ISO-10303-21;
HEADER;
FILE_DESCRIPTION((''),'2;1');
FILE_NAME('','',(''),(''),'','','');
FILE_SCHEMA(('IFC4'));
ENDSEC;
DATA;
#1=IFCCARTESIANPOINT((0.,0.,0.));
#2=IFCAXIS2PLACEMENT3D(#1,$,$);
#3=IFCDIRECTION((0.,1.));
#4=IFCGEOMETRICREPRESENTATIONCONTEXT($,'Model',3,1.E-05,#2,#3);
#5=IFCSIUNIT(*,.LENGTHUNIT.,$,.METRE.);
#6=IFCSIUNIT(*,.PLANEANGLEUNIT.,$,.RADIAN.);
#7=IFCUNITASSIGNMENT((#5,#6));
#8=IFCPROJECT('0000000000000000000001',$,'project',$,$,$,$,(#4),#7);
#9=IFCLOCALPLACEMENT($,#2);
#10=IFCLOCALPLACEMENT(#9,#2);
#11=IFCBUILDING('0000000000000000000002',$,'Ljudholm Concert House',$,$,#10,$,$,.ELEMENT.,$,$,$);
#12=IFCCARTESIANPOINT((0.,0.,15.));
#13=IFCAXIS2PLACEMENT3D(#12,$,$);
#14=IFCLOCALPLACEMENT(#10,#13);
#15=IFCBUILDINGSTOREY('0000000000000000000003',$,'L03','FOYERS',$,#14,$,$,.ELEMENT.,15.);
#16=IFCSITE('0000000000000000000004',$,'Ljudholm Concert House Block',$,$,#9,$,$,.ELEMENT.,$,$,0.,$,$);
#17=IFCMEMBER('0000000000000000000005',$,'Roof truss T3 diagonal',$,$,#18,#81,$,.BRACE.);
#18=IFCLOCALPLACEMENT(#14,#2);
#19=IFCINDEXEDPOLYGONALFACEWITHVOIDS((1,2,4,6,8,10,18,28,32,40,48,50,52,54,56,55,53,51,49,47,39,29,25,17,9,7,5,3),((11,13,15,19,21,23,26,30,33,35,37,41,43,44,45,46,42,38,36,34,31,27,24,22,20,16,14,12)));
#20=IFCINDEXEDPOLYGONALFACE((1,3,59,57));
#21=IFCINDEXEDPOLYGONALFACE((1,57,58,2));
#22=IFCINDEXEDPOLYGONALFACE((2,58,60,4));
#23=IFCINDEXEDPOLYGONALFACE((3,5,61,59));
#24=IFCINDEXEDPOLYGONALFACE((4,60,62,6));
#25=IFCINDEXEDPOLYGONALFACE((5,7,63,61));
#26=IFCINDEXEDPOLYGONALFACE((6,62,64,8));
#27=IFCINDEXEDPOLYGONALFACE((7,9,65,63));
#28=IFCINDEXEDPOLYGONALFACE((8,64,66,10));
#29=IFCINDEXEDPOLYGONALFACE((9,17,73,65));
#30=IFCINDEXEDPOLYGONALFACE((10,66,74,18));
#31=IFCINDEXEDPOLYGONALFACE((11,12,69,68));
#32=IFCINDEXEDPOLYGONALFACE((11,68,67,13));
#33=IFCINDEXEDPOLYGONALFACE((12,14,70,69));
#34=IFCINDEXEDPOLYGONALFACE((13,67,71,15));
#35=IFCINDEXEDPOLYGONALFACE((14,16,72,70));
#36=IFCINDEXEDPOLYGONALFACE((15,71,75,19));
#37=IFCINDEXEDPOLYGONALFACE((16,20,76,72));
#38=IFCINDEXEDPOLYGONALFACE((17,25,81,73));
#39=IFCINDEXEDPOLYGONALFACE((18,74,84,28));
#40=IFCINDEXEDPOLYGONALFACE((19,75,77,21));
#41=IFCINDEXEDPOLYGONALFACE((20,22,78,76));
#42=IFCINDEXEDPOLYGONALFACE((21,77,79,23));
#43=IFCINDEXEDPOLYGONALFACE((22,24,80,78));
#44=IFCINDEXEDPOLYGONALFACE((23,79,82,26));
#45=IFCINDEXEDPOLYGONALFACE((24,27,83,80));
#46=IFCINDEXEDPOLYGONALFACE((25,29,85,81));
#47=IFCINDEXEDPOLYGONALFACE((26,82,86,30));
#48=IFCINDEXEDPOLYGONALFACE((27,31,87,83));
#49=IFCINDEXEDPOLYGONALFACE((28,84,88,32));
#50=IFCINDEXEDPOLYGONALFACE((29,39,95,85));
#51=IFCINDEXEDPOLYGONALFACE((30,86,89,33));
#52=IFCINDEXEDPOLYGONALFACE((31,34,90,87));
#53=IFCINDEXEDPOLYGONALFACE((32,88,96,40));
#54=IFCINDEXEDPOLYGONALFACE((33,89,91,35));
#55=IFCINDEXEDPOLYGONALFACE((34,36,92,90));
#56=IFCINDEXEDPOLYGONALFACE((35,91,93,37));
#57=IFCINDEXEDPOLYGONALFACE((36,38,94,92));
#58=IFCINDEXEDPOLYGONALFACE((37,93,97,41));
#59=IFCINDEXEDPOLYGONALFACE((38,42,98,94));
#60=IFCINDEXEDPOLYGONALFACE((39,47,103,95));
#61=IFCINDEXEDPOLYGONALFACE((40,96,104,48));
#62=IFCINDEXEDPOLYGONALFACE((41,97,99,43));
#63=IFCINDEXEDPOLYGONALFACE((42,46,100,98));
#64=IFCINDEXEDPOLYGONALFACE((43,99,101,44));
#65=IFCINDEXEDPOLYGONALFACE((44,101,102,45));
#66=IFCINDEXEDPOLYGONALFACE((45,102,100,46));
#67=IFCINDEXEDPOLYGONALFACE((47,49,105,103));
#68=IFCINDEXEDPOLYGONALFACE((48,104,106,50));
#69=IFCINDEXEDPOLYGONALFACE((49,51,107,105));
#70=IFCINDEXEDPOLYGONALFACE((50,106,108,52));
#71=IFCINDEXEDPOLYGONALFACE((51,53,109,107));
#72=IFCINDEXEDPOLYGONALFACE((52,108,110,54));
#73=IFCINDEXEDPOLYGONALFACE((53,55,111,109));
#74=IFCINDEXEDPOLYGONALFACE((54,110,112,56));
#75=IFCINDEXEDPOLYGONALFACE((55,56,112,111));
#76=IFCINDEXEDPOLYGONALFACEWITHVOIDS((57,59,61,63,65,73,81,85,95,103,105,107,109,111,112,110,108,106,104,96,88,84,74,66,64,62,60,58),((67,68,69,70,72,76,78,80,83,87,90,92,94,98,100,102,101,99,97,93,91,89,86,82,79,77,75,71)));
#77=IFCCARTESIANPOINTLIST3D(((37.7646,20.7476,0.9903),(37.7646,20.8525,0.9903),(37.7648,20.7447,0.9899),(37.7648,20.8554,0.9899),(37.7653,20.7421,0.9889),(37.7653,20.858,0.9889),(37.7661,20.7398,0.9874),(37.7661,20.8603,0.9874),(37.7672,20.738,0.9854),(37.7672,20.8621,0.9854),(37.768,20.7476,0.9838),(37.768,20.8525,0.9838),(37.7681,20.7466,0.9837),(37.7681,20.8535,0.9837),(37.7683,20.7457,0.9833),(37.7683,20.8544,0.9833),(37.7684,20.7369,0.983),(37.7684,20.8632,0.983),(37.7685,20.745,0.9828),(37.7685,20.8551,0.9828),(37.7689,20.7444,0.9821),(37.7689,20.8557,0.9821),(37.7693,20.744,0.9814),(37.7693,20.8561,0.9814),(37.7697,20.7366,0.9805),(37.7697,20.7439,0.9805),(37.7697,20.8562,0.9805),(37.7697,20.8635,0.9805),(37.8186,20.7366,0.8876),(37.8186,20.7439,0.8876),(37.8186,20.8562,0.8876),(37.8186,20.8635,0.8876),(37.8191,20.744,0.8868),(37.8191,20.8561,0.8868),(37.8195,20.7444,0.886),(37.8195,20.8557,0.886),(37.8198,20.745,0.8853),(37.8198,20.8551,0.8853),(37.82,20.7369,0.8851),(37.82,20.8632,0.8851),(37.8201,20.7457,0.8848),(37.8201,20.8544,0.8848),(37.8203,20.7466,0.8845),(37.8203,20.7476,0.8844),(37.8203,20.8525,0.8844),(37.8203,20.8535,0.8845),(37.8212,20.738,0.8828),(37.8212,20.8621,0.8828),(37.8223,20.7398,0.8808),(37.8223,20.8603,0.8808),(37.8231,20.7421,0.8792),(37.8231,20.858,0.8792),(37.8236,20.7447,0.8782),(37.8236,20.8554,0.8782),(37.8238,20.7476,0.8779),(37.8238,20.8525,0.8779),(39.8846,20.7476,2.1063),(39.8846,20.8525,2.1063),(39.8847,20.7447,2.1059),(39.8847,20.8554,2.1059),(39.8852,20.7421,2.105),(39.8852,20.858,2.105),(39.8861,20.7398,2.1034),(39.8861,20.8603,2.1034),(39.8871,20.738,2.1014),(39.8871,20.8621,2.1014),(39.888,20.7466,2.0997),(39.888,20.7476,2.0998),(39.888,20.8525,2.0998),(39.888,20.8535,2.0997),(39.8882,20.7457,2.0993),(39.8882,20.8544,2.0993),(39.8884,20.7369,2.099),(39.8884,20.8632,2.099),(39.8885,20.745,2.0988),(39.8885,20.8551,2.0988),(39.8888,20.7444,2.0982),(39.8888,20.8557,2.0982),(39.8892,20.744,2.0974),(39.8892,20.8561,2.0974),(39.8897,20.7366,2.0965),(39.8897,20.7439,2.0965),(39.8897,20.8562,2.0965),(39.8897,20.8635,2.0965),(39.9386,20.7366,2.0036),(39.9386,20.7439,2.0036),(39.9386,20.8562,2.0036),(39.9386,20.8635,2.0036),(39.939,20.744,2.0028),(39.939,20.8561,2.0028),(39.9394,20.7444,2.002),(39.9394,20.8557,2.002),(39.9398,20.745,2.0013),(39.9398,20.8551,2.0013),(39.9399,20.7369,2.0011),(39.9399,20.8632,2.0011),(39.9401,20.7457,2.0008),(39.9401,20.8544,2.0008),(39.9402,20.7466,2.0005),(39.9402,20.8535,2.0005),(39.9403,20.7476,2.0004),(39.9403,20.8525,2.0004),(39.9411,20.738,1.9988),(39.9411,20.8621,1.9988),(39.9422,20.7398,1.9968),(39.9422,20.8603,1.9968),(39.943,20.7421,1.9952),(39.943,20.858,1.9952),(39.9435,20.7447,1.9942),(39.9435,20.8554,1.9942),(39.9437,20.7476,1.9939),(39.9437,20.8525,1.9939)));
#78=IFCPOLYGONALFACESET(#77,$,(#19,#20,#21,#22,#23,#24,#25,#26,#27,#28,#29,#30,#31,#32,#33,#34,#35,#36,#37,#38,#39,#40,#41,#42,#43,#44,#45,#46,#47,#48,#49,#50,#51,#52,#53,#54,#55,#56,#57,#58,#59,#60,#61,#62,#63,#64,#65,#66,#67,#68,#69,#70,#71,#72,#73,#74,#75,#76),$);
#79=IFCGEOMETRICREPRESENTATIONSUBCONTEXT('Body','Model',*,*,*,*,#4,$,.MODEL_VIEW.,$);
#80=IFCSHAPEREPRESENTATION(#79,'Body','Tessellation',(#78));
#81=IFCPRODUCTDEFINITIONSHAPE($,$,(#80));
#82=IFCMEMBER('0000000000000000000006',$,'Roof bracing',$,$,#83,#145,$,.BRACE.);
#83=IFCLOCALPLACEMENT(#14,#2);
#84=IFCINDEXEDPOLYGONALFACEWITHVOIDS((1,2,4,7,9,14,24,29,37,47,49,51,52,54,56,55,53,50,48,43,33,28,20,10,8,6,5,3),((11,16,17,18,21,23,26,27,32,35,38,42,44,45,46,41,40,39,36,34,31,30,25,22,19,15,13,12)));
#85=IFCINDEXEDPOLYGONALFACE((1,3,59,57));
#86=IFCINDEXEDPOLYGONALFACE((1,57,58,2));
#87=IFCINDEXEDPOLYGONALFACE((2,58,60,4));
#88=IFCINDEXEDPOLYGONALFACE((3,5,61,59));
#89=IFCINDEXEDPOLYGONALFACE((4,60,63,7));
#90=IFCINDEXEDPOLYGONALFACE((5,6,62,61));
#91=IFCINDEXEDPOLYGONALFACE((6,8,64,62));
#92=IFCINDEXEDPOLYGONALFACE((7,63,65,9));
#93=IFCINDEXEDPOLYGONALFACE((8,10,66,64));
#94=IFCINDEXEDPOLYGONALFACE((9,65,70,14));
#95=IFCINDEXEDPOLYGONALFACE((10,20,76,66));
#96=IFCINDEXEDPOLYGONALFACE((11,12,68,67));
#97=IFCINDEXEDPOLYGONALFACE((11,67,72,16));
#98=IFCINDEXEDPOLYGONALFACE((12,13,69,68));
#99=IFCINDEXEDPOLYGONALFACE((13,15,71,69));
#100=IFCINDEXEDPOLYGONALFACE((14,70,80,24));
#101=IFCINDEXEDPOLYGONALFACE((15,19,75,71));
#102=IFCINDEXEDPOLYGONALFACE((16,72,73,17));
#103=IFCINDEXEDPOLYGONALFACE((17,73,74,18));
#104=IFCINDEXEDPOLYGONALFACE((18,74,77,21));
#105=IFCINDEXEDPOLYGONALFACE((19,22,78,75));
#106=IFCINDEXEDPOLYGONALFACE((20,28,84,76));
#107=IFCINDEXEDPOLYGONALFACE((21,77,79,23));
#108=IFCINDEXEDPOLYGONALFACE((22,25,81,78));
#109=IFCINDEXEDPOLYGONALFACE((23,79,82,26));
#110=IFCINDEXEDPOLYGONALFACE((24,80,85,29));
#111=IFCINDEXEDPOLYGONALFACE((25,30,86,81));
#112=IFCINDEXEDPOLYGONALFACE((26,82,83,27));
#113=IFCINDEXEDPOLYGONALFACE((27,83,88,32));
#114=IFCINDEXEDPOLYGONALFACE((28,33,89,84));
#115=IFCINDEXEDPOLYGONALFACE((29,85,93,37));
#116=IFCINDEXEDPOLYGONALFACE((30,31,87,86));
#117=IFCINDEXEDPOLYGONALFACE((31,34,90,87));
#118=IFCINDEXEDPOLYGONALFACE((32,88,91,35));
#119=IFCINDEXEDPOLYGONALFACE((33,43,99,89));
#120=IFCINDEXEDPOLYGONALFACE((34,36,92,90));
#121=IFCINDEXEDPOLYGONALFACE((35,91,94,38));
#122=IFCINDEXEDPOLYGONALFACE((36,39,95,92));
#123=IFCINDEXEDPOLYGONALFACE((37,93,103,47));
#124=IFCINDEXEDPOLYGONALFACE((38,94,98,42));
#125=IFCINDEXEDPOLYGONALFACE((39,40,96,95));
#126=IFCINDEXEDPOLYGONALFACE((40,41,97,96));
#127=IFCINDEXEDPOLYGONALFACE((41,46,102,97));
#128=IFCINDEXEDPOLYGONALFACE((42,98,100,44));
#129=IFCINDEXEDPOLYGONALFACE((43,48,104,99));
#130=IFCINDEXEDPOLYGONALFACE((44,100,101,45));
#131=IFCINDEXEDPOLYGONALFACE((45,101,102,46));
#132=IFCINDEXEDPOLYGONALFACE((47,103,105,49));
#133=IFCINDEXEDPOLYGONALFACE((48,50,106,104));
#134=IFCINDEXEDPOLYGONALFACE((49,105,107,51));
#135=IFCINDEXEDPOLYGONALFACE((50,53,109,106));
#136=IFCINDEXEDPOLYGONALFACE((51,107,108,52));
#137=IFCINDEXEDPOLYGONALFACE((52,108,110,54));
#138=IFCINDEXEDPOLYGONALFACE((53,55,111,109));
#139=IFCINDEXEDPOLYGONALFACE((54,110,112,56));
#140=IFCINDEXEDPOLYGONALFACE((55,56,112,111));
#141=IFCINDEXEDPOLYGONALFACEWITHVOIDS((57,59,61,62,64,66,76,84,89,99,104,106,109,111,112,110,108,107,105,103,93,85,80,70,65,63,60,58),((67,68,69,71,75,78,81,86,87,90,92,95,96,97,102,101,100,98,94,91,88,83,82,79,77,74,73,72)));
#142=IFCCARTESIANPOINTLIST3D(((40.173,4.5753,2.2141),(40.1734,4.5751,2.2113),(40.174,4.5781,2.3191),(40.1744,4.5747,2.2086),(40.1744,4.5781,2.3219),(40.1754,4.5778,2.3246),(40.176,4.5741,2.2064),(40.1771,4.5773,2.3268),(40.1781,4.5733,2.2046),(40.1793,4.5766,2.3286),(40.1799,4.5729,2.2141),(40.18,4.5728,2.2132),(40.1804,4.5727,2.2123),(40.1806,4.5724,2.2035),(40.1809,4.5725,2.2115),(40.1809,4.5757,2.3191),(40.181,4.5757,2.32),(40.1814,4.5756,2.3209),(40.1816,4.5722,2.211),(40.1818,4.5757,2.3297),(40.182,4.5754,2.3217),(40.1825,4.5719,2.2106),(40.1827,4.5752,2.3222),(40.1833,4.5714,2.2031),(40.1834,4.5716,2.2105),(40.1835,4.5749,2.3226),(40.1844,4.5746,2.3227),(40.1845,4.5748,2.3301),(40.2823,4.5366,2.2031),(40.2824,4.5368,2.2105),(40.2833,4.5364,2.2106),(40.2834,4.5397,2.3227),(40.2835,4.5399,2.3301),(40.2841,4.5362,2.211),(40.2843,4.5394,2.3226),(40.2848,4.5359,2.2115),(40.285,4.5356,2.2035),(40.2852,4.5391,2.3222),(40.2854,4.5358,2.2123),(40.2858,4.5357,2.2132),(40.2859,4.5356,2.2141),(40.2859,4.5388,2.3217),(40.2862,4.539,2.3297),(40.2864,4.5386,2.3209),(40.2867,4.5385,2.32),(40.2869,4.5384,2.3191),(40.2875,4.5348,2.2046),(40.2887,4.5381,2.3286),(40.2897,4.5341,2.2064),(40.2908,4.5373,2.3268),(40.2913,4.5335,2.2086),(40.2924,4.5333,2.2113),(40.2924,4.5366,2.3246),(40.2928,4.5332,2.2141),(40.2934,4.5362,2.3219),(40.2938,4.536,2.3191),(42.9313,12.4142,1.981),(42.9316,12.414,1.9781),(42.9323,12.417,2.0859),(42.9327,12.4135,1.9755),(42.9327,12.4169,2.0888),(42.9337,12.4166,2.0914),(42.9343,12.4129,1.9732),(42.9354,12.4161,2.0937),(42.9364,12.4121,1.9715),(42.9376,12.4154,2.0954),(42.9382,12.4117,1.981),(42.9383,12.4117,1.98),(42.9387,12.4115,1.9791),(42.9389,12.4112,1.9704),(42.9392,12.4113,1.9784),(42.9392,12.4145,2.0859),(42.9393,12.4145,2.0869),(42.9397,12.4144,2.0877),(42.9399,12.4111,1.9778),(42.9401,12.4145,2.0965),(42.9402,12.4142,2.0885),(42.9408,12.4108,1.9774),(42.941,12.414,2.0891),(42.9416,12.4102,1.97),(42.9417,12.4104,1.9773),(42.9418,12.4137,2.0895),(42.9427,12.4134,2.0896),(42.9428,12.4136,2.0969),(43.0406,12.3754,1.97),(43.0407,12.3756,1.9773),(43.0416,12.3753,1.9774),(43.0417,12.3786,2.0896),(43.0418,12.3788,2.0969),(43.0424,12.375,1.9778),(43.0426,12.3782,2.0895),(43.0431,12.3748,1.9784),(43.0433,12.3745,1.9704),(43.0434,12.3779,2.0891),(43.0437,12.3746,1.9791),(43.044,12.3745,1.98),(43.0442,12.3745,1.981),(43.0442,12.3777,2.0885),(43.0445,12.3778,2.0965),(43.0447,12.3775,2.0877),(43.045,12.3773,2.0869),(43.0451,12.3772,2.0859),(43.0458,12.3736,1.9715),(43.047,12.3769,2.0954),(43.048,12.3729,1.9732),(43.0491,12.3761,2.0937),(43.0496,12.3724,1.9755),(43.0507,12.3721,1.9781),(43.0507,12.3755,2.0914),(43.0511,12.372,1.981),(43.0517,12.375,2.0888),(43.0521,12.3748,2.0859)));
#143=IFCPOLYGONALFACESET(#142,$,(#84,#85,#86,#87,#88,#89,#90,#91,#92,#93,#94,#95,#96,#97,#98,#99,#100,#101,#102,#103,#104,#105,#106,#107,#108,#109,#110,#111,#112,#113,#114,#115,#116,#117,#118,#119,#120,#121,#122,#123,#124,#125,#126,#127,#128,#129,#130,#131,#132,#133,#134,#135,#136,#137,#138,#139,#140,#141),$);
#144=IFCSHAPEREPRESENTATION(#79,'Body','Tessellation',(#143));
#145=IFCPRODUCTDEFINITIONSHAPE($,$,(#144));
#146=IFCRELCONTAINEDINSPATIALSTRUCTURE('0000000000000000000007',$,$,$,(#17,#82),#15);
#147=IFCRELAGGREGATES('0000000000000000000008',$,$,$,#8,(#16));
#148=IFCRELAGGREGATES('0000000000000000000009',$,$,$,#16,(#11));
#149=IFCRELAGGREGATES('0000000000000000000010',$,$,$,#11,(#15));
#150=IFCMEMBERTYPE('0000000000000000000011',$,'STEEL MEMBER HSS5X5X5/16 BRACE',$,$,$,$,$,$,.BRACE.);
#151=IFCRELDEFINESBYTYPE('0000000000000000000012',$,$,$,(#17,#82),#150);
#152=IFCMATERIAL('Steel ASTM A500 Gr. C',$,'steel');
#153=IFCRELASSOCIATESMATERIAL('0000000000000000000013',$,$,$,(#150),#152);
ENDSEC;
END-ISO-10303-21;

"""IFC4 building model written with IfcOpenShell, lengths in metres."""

from ifc_helpers import new_model, si_unit, direction, frame, origin, origin_2d, place, context, subcontext, project, spatial, hollow_rectangle, extrude, material, material_profile, profile_set, type_object, element, save


model = new_model("IFC4")

# Units and contexts
model_context = context("Model", 3, precision=1e-05, world=origin(), true_north=direction((0.0, 1.0)))
body_context = subcontext(model_context, "Body", "Model", "MODEL_VIEW")
ifc_project = project(units=[si_unit("LENGTHUNIT", "METRE"), si_unit("PLANEANGLEUNIT", "RADIAN")], contexts=[model_context])

# Site, building, storey
site_placement = place(None, origin())
site = spatial("IfcSite", under=ifc_project, at=site_placement, Name="Ljudholm Concert House Block", CompositionType="ELEMENT", RefElevation=0.0)
building_placement = place(site_placement, origin())
building = spatial("IfcBuilding", under=site, at=building_placement, Name="Ljudholm Concert House", CompositionType="ELEMENT")
storey_placement = place(building_placement, frame((0.0, 0.0, 15.0)))
storey = spatial("IfcBuildingStorey", under=building, at=storey_placement, Name="L03", Description="FOYERS", CompositionType="ELEMENT", Elevation=15.0)

# Members
ifc_material_1 = material(Name="Steel ASTM A500 Gr. C", Category="steel")
ifc_material_profile_1 = material_profile(ifc_material_1, hollow_rectangle(XDim=0.127, YDim=0.127, WallThickness=0.0073, InnerFilletRadius=0.0037, OuterFilletRadius=0.011, at=origin_2d()), Name="HSS5X5X5/16")
ifc_profile_set_1 = profile_set([ifc_material_profile_1], Name="Steel ASTM A500 Gr. C")
member_type_1 = type_object("IfcMemberType", Name="STEEL MEMBER HSS5X5X5/16 BRACE", PredefinedType="BRACE", material=ifc_profile_set_1)
member_1_placement = place(storey_placement, frame((37.7942, 20.8, 0.9341), z_axis=(0.884876, 0.0, 0.465826), x_axis=(0.0, 1.0, 0.0)))
element("IfcMember", 1, at=member_1_placement, inside=storey, type_object=member_type_1, Name="Roof truss T3 diagonal", PredefinedType="BRACE", context=body_context, shape_type="SweptSolid", body=[
    extrude(hollow_rectangle(XDim=0.127, YDim=0.127, WallThickness=0.0073, InnerFilletRadius=0.0037, OuterFilletRadius=0.011, at=origin_2d()), origin(), (0.0, 0.0, 1.0), 2.3958),
])
for number, where, z_axis, x_axis, name in (
    (2, (40.2334, 4.5557, 2.2666), (0.331795, 0.942935, -0.028046), (-0.943306, 0.331926, 0.0), "Roof bracing"),
):
    element("IfcMember", number, at=place(storey_placement, frame(where, z_axis=z_axis, x_axis=x_axis)), inside=storey, type_object=member_type_1, Name=name, PredefinedType="BRACE", context=body_context, shape_type="SweptSolid", body=[
        extrude(hollow_rectangle(XDim=0.127, YDim=0.127, WallThickness=0.0073, InnerFilletRadius=0.0037, OuterFilletRadius=0.011, at=origin_2d()), origin(), (0.0, 0.0, 1.0), 8.3132),
    ])

save(model, "model.ifc")
